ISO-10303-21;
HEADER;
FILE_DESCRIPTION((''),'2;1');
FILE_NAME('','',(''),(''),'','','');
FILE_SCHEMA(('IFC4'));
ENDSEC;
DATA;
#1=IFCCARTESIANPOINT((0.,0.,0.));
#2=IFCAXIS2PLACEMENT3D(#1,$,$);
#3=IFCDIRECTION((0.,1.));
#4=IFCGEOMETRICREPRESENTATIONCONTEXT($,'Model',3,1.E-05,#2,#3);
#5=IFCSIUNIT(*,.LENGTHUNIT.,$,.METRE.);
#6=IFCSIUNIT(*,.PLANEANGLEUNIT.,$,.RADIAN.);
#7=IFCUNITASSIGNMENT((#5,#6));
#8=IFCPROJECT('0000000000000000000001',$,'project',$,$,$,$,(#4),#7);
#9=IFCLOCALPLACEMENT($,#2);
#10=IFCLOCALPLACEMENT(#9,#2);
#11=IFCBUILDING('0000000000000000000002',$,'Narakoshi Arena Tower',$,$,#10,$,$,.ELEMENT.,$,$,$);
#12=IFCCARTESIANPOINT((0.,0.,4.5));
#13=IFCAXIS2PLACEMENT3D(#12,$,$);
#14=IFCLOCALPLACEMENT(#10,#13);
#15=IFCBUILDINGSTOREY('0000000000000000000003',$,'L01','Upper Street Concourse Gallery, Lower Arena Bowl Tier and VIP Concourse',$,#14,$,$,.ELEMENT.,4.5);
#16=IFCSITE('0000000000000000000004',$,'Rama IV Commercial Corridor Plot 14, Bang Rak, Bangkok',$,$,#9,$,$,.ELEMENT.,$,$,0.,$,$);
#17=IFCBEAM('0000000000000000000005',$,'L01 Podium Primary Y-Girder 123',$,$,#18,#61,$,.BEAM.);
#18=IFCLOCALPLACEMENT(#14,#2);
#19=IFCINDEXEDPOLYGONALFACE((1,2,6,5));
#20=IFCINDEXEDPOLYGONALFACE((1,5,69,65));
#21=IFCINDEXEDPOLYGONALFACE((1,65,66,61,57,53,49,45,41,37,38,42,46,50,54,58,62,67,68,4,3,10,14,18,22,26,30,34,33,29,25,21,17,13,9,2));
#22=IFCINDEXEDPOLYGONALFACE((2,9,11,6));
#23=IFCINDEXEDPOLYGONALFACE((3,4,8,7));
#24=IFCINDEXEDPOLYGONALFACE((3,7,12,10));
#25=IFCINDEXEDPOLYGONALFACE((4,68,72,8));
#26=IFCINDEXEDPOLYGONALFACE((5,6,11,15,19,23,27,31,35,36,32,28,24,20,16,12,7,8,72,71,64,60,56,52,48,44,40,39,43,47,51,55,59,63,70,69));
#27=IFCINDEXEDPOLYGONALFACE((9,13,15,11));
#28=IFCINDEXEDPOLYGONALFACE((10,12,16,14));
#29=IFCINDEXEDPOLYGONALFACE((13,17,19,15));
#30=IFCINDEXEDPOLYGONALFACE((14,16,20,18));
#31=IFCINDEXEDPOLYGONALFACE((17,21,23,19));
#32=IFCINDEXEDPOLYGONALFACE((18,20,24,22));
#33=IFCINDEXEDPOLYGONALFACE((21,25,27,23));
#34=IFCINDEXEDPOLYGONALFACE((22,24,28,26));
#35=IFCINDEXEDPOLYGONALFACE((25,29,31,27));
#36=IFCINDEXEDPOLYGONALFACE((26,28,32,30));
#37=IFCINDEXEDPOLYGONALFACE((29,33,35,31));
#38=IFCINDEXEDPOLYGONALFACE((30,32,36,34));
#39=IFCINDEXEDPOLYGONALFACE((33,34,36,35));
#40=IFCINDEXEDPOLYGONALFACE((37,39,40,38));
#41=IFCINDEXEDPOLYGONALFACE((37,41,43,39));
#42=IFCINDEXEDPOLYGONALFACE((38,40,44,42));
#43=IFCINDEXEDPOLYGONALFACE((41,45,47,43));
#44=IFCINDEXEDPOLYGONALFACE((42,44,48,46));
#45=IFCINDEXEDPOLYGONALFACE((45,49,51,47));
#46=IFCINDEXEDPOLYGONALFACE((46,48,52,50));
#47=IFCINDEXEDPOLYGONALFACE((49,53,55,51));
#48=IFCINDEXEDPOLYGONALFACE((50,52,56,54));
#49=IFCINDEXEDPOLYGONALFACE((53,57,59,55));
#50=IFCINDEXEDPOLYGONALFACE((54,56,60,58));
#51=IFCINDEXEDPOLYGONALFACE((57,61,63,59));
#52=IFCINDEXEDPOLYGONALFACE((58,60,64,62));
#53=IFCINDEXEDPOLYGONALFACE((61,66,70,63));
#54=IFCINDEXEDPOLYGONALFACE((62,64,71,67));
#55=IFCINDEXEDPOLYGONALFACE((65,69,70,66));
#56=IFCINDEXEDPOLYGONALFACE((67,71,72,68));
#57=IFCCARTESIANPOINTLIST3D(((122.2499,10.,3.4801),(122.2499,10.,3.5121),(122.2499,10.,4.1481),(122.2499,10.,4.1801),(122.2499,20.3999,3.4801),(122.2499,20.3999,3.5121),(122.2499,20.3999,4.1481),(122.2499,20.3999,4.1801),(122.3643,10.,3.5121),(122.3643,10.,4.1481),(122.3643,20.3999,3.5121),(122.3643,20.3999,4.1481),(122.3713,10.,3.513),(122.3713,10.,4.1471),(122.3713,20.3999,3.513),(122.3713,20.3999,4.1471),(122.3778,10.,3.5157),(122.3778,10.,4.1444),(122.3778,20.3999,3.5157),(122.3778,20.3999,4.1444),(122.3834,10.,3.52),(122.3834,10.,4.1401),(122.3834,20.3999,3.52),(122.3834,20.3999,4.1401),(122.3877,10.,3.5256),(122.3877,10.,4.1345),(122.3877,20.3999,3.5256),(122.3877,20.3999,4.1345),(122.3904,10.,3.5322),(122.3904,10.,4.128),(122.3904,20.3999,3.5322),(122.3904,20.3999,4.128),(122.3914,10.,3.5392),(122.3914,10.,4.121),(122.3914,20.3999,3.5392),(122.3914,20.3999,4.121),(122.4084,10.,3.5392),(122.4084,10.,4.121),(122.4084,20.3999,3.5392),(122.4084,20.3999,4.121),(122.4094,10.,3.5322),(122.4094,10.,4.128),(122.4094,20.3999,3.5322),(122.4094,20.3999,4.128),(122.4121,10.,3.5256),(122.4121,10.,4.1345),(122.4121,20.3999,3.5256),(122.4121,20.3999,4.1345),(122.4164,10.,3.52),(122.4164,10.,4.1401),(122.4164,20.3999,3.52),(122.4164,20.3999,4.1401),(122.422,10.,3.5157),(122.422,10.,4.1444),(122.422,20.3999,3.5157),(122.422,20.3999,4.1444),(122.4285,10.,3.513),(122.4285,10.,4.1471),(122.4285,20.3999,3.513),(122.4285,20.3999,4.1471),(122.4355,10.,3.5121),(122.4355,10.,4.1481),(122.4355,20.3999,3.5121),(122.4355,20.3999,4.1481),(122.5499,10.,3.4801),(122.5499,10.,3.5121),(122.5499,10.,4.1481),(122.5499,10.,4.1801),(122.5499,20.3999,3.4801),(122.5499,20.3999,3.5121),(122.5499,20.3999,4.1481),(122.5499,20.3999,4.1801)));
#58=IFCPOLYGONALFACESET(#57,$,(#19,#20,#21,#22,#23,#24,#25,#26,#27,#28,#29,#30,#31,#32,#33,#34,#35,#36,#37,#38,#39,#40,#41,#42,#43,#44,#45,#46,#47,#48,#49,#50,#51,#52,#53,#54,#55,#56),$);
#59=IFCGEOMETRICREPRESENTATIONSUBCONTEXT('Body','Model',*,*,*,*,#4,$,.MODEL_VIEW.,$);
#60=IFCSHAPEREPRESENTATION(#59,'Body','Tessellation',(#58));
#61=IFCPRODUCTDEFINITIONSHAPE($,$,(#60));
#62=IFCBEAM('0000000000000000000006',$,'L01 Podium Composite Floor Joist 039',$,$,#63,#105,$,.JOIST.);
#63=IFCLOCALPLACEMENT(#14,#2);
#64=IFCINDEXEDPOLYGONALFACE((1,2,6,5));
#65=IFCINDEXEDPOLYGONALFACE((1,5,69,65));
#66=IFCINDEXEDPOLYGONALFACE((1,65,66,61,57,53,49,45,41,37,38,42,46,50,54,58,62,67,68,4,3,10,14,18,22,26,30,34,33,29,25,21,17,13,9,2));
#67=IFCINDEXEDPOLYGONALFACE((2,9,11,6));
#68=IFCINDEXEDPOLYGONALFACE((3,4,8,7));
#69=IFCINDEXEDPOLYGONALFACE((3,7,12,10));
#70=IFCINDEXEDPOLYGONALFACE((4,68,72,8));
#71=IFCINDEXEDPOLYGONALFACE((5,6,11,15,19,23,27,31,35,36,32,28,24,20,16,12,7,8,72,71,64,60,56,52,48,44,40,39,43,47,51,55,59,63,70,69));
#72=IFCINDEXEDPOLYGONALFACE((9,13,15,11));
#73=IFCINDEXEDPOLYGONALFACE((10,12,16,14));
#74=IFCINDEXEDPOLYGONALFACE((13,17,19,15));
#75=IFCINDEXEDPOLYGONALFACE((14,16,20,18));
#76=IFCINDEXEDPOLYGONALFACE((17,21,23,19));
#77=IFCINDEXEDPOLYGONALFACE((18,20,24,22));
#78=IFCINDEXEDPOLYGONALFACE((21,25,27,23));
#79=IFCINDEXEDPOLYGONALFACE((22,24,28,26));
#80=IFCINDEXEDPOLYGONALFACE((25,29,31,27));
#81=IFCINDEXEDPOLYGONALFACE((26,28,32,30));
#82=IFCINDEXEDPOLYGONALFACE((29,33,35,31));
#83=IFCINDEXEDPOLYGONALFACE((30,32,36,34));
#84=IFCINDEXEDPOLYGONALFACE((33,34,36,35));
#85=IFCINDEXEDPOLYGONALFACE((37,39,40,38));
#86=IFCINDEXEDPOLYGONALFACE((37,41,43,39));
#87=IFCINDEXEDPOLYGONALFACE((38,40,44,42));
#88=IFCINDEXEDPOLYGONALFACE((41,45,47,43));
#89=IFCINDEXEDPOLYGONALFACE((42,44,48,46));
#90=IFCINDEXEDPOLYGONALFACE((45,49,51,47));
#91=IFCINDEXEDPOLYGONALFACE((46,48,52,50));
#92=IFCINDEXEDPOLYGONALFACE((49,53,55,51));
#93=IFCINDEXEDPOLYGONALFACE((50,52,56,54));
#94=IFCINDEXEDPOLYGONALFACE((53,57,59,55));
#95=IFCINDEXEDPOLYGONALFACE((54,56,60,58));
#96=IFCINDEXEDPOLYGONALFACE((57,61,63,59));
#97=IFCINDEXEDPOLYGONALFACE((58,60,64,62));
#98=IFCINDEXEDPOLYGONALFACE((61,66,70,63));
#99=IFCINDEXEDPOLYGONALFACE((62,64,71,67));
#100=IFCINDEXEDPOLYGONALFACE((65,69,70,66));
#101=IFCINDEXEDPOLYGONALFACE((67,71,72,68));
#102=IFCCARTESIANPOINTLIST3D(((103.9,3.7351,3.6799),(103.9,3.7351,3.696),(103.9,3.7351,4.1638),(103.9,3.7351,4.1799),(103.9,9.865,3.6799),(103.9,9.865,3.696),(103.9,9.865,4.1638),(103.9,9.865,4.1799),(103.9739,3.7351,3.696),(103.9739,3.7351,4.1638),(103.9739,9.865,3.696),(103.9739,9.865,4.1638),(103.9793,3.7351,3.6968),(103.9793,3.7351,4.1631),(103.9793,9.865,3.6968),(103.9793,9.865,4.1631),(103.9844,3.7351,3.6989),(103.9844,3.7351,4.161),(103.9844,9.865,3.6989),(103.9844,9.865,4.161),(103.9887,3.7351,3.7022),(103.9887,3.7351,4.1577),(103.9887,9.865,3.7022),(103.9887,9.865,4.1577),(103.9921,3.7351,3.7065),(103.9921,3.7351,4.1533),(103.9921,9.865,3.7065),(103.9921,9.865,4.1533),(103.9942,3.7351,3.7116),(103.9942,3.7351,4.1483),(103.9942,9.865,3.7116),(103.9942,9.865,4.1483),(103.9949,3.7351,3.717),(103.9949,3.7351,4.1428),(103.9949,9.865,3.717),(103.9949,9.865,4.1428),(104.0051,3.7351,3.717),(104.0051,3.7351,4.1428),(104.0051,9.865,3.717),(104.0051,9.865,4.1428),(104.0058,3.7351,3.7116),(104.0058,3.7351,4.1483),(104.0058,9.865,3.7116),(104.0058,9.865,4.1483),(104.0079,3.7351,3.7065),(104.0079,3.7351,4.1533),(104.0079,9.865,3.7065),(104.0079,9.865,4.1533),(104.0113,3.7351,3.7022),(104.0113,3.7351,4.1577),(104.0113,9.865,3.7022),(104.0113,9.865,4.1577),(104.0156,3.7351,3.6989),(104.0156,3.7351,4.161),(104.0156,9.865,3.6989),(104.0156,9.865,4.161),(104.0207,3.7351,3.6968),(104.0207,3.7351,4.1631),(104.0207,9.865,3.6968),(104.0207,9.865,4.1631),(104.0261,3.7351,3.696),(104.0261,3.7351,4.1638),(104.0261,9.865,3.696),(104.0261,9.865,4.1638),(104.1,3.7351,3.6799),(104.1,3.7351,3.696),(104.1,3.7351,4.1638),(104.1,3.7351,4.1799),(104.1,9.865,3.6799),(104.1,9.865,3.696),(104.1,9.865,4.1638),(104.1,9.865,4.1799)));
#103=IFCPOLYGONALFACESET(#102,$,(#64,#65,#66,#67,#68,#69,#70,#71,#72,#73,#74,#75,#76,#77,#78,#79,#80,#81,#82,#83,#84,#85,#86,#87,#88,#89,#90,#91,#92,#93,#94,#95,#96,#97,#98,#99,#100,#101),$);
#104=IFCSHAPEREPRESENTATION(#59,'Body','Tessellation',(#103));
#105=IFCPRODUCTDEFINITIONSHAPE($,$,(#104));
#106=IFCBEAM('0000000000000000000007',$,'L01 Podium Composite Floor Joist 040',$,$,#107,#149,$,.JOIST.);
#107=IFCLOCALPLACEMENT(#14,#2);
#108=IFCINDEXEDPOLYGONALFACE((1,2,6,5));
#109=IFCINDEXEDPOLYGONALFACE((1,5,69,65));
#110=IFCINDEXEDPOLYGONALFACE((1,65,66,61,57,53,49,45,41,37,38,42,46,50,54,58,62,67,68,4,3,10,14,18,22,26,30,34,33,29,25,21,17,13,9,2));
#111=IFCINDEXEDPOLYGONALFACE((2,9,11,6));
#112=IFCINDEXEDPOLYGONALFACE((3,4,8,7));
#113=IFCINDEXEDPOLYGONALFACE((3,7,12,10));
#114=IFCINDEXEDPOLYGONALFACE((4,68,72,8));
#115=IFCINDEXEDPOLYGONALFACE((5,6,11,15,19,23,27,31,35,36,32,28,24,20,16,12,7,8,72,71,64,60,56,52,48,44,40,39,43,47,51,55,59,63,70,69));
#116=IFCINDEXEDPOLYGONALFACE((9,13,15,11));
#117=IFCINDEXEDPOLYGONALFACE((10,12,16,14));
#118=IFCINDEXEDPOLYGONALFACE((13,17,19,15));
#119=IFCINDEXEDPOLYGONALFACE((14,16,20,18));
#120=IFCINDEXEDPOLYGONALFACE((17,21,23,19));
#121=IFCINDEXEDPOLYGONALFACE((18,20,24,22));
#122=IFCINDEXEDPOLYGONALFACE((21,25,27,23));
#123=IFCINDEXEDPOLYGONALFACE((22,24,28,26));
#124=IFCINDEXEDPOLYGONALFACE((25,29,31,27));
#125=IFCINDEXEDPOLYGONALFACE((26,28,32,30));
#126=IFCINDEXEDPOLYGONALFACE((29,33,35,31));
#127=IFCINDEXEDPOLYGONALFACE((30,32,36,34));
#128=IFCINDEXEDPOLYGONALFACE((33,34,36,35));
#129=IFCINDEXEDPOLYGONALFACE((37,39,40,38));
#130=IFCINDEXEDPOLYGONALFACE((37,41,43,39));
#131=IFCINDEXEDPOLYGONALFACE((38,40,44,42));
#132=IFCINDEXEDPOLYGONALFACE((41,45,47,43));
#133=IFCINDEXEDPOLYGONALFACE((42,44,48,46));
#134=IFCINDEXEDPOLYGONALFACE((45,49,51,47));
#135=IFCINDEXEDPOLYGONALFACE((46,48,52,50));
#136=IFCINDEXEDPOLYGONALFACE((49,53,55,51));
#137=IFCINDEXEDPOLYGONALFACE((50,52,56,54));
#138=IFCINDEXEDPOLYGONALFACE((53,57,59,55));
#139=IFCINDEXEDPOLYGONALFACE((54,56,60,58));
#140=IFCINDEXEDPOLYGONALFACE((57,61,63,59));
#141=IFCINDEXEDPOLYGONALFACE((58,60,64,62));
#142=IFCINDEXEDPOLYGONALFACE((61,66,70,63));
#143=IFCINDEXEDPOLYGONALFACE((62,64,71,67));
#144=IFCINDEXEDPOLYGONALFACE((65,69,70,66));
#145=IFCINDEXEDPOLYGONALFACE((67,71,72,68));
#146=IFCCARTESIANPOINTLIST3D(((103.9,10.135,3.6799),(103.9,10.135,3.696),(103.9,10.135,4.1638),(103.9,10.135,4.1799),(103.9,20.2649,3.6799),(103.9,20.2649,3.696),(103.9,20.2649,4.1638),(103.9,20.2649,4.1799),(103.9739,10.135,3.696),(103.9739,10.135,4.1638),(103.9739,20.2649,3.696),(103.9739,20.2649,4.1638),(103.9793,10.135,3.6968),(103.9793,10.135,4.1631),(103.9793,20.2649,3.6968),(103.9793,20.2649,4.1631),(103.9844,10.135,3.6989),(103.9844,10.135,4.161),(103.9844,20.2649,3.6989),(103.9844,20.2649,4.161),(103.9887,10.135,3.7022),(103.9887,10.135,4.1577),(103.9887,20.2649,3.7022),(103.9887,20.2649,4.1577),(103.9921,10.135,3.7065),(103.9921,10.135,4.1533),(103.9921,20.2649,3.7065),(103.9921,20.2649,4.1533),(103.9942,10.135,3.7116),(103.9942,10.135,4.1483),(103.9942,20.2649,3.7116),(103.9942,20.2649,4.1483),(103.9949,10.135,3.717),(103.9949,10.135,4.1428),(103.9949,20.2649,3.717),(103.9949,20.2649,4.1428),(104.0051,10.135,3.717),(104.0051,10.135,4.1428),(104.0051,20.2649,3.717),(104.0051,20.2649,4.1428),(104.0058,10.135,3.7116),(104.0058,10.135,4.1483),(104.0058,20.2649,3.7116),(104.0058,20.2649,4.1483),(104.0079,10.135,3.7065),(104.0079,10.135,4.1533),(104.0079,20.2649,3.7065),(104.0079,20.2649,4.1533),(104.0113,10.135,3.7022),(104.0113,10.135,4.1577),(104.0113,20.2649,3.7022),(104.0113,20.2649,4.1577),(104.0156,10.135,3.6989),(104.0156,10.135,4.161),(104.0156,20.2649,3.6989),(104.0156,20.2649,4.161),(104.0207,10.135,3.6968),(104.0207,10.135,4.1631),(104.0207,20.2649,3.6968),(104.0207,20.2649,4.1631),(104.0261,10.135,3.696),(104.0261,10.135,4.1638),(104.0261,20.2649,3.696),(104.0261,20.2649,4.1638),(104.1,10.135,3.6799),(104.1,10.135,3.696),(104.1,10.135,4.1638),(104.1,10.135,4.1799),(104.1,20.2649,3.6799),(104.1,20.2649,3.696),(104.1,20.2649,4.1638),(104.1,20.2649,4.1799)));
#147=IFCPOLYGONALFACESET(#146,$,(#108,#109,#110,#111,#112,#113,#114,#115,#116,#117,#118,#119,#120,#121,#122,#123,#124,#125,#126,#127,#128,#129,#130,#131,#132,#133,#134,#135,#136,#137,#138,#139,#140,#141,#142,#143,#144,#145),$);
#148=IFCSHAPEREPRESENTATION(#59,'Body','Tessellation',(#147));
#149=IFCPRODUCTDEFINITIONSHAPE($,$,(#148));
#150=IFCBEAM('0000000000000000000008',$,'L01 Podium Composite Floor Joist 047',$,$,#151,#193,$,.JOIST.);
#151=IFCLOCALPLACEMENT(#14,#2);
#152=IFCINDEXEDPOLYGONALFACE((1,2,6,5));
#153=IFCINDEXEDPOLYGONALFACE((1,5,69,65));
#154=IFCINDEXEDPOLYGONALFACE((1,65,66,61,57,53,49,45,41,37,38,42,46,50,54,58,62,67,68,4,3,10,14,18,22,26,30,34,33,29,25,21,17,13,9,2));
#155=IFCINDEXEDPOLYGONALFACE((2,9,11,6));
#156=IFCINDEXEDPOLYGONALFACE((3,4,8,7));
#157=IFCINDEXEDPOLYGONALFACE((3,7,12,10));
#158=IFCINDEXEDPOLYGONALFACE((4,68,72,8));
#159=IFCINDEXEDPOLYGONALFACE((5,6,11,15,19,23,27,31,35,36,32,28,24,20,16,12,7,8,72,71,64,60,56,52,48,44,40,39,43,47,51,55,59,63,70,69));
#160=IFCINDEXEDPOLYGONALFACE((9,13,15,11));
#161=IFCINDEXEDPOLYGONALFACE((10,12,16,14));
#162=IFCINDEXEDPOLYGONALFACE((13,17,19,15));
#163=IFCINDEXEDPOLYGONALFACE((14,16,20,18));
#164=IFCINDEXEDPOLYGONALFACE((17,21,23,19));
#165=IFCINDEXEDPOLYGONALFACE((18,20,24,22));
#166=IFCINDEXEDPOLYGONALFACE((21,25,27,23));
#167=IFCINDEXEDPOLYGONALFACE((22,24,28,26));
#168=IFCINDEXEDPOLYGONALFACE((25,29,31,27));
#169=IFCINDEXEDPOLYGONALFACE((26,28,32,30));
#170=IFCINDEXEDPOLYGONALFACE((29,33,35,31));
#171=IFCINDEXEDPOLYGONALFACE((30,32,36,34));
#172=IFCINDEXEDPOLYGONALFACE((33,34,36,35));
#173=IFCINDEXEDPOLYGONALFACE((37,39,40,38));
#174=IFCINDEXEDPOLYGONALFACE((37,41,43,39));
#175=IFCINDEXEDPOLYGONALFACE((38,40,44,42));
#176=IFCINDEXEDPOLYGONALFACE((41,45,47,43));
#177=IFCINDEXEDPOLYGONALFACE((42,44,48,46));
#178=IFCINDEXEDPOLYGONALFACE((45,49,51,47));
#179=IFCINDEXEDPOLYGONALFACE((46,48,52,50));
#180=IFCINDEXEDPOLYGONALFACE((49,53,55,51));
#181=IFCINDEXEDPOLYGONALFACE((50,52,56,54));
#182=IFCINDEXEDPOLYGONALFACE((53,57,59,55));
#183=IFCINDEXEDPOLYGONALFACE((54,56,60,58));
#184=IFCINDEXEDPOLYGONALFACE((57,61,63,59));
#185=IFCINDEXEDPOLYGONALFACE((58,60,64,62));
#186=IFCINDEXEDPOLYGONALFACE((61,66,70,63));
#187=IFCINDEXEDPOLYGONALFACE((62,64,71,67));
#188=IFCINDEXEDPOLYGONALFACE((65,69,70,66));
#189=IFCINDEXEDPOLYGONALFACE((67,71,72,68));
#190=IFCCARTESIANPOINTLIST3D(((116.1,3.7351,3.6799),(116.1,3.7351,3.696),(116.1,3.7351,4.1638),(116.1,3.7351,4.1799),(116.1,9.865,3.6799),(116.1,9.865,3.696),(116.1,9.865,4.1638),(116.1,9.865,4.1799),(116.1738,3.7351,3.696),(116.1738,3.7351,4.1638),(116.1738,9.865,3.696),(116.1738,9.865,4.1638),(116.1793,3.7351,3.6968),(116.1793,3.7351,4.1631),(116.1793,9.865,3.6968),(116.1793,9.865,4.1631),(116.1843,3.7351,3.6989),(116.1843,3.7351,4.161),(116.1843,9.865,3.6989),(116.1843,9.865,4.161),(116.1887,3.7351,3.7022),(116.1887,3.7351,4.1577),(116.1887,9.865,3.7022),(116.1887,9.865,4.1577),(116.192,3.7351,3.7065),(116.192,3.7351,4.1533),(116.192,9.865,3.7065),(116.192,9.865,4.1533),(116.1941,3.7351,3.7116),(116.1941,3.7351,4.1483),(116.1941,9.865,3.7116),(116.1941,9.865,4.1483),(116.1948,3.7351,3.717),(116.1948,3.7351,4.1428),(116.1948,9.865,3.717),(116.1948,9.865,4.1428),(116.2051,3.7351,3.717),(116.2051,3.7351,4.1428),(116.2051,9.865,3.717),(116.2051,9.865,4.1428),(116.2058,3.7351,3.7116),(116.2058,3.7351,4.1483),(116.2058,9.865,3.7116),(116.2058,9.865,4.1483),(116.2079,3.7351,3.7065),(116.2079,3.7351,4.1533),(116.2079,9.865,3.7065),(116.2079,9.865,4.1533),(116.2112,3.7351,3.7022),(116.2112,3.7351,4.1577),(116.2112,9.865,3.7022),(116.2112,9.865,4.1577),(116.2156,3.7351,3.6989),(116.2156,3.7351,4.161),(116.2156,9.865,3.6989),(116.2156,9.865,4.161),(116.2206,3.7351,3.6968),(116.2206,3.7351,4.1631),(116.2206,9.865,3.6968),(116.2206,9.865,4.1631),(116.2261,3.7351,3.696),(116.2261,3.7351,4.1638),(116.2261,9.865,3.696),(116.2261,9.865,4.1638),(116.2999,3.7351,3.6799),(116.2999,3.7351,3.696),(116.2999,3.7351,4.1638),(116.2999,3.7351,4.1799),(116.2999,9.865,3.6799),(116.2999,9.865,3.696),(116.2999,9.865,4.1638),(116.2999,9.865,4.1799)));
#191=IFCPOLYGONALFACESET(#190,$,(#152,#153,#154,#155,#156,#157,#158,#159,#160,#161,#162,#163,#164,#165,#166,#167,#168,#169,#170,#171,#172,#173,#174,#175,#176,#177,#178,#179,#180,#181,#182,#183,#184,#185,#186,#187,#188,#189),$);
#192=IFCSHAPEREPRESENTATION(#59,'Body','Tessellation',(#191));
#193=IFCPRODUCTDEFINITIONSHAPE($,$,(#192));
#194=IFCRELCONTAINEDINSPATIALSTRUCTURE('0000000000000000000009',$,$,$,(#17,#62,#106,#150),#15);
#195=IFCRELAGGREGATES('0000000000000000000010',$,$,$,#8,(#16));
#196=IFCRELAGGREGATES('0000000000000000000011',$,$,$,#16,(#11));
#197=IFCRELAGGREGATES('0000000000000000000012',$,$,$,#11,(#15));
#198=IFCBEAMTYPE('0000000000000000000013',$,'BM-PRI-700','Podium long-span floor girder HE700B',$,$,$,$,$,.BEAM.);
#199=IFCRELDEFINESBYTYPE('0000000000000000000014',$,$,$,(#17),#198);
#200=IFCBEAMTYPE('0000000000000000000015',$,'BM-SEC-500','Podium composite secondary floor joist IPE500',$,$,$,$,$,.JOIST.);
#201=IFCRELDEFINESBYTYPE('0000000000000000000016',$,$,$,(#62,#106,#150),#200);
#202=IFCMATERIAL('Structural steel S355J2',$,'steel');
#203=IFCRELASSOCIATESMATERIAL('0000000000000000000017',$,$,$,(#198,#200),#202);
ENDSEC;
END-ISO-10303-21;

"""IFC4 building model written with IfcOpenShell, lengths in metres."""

from ifc_helpers import new_model, si_unit, direction, frame, origin, origin_2d, place, context, subcontext, project, spatial, i_section, extrude, material, material_profile, profile_set, type_object, element, save


model = new_model("IFC4")

# Units and contexts
model_context = context("Model", 3, precision=1e-05, world=origin(), true_north=direction((0.0, 1.0)))
body_context = subcontext(model_context, "Body", "Model", "MODEL_VIEW")
ifc_project = project(units=[si_unit("LENGTHUNIT", "METRE"), si_unit("PLANEANGLEUNIT", "RADIAN")], contexts=[model_context])

# Site, building, storey
site_placement = place(None, origin())
site = spatial("IfcSite", under=ifc_project, at=site_placement, Name="Rama IV Commercial Corridor Plot 14, Bang Rak, Bangkok", CompositionType="ELEMENT", RefElevation=0.0)
building_placement = place(site_placement, origin())
building = spatial("IfcBuilding", under=site, at=building_placement, Name="Narakoshi Arena Tower", CompositionType="ELEMENT")
storey_placement = place(building_placement, frame((0.0, 0.0, 4.5)))
storey = spatial("IfcBuildingStorey", under=building, at=storey_placement, Name="L01", Description="Upper Street Concourse Gallery, Lower Arena Bowl Tier and VIP Concourse", CompositionType="ELEMENT", Elevation=4.5)

# Beams
ifc_material_1 = material(Name="Structural steel S355J2", Category="steel")
ifc_material_profile_1 = material_profile(ifc_material_1, i_section(OverallWidth=0.3, OverallDepth=0.7, WebThickness=0.0171, FlangeThickness=0.032, FilletRadius=0.0271, at=origin_2d()), Name="HE700B")
ifc_profile_set_1 = profile_set([ifc_material_profile_1], Name="Structural steel S355J2")
beam_type_1 = type_object("IfcBeamType", Name="BM-PRI-700", Description="Podium long-span floor girder HE700B", PredefinedType="BEAM", material=ifc_profile_set_1)
beam_1_placement = place(storey_placement, frame((122.3999, 10.0, 3.8301), z_axis=(0.0, 1.0, 0.0), x_axis=(-1.0, 0.0, 0.0)))
element("IfcBeam", 1, at=beam_1_placement, inside=storey, type_object=beam_type_1, Name="L01 Podium Primary Y-Girder 123", PredefinedType="BEAM", context=body_context, shape_type="SweptSolid", body=[
    extrude(i_section(OverallWidth=0.3, OverallDepth=0.7, WebThickness=0.0171, FlangeThickness=0.032, FilletRadius=0.0271, at=origin_2d()), origin(), (0.0, 0.0, 1.0), 10.3999),
])
ifc_material_profile_2 = material_profile(ifc_material_1, i_section(OverallWidth=0.2, OverallDepth=0.5, WebThickness=0.0103, FlangeThickness=0.0161, FilletRadius=0.021, at=origin_2d()), Name="IPE500")
ifc_profile_set_2 = profile_set([ifc_material_profile_2], Name="Structural steel S355J2")
beam_type_2 = type_object("IfcBeamType", Name="BM-SEC-500", Description="Podium composite secondary floor joist IPE500", PredefinedType="JOIST", material=ifc_profile_set_2)
beam_2_placement = place(storey_placement, frame((104.0, 3.7351, 3.9299), z_axis=(0.0, 1.0, 0.0), x_axis=(-1.0, 0.0, 0.0)))
element("IfcBeam", 2, at=beam_2_placement, inside=storey, type_object=beam_type_2, Name="L01 Podium Composite Floor Joist 039", PredefinedType="JOIST", context=body_context, shape_type="SweptSolid", body=[
    extrude(i_section(OverallWidth=0.2, OverallDepth=0.5, WebThickness=0.0103, FlangeThickness=0.0161, FilletRadius=0.021, at=origin_2d()), origin(), (0.0, 0.0, 1.0), 6.1299),
])
beam_3_placement = place(storey_placement, frame((104.0, 10.135, 3.9299), z_axis=(0.0, 1.0, 0.0), x_axis=(-1.0, 0.0, 0.0)))
element("IfcBeam", 3, at=beam_3_placement, inside=storey, type_object=beam_type_2, Name="L01 Podium Composite Floor Joist 040", PredefinedType="JOIST", context=body_context, shape_type="SweptSolid", body=[
    extrude(i_section(OverallWidth=0.2, OverallDepth=0.5, WebThickness=0.0103, FlangeThickness=0.0161, FilletRadius=0.021, at=origin_2d()), origin(), (0.0, 0.0, 1.0), 10.1299),
])
beam_4_placement = place(storey_placement, frame((116.2, 3.7351, 3.9299), z_axis=(0.0, 1.0, 0.0), x_axis=(-1.0, 0.0, 0.0)))
element("IfcBeam", 4, at=beam_4_placement, inside=storey, type_object=beam_type_2, Name="L01 Podium Composite Floor Joist 047", PredefinedType="JOIST", context=body_context, shape_type="SweptSolid", body=[
    extrude(i_section(OverallWidth=0.2, OverallDepth=0.5, WebThickness=0.0103, FlangeThickness=0.0161, FilletRadius=0.021, at=origin_2d()), origin(), (0.0, 0.0, 1.0), 6.1299),
])

save(model, "model.ifc")
